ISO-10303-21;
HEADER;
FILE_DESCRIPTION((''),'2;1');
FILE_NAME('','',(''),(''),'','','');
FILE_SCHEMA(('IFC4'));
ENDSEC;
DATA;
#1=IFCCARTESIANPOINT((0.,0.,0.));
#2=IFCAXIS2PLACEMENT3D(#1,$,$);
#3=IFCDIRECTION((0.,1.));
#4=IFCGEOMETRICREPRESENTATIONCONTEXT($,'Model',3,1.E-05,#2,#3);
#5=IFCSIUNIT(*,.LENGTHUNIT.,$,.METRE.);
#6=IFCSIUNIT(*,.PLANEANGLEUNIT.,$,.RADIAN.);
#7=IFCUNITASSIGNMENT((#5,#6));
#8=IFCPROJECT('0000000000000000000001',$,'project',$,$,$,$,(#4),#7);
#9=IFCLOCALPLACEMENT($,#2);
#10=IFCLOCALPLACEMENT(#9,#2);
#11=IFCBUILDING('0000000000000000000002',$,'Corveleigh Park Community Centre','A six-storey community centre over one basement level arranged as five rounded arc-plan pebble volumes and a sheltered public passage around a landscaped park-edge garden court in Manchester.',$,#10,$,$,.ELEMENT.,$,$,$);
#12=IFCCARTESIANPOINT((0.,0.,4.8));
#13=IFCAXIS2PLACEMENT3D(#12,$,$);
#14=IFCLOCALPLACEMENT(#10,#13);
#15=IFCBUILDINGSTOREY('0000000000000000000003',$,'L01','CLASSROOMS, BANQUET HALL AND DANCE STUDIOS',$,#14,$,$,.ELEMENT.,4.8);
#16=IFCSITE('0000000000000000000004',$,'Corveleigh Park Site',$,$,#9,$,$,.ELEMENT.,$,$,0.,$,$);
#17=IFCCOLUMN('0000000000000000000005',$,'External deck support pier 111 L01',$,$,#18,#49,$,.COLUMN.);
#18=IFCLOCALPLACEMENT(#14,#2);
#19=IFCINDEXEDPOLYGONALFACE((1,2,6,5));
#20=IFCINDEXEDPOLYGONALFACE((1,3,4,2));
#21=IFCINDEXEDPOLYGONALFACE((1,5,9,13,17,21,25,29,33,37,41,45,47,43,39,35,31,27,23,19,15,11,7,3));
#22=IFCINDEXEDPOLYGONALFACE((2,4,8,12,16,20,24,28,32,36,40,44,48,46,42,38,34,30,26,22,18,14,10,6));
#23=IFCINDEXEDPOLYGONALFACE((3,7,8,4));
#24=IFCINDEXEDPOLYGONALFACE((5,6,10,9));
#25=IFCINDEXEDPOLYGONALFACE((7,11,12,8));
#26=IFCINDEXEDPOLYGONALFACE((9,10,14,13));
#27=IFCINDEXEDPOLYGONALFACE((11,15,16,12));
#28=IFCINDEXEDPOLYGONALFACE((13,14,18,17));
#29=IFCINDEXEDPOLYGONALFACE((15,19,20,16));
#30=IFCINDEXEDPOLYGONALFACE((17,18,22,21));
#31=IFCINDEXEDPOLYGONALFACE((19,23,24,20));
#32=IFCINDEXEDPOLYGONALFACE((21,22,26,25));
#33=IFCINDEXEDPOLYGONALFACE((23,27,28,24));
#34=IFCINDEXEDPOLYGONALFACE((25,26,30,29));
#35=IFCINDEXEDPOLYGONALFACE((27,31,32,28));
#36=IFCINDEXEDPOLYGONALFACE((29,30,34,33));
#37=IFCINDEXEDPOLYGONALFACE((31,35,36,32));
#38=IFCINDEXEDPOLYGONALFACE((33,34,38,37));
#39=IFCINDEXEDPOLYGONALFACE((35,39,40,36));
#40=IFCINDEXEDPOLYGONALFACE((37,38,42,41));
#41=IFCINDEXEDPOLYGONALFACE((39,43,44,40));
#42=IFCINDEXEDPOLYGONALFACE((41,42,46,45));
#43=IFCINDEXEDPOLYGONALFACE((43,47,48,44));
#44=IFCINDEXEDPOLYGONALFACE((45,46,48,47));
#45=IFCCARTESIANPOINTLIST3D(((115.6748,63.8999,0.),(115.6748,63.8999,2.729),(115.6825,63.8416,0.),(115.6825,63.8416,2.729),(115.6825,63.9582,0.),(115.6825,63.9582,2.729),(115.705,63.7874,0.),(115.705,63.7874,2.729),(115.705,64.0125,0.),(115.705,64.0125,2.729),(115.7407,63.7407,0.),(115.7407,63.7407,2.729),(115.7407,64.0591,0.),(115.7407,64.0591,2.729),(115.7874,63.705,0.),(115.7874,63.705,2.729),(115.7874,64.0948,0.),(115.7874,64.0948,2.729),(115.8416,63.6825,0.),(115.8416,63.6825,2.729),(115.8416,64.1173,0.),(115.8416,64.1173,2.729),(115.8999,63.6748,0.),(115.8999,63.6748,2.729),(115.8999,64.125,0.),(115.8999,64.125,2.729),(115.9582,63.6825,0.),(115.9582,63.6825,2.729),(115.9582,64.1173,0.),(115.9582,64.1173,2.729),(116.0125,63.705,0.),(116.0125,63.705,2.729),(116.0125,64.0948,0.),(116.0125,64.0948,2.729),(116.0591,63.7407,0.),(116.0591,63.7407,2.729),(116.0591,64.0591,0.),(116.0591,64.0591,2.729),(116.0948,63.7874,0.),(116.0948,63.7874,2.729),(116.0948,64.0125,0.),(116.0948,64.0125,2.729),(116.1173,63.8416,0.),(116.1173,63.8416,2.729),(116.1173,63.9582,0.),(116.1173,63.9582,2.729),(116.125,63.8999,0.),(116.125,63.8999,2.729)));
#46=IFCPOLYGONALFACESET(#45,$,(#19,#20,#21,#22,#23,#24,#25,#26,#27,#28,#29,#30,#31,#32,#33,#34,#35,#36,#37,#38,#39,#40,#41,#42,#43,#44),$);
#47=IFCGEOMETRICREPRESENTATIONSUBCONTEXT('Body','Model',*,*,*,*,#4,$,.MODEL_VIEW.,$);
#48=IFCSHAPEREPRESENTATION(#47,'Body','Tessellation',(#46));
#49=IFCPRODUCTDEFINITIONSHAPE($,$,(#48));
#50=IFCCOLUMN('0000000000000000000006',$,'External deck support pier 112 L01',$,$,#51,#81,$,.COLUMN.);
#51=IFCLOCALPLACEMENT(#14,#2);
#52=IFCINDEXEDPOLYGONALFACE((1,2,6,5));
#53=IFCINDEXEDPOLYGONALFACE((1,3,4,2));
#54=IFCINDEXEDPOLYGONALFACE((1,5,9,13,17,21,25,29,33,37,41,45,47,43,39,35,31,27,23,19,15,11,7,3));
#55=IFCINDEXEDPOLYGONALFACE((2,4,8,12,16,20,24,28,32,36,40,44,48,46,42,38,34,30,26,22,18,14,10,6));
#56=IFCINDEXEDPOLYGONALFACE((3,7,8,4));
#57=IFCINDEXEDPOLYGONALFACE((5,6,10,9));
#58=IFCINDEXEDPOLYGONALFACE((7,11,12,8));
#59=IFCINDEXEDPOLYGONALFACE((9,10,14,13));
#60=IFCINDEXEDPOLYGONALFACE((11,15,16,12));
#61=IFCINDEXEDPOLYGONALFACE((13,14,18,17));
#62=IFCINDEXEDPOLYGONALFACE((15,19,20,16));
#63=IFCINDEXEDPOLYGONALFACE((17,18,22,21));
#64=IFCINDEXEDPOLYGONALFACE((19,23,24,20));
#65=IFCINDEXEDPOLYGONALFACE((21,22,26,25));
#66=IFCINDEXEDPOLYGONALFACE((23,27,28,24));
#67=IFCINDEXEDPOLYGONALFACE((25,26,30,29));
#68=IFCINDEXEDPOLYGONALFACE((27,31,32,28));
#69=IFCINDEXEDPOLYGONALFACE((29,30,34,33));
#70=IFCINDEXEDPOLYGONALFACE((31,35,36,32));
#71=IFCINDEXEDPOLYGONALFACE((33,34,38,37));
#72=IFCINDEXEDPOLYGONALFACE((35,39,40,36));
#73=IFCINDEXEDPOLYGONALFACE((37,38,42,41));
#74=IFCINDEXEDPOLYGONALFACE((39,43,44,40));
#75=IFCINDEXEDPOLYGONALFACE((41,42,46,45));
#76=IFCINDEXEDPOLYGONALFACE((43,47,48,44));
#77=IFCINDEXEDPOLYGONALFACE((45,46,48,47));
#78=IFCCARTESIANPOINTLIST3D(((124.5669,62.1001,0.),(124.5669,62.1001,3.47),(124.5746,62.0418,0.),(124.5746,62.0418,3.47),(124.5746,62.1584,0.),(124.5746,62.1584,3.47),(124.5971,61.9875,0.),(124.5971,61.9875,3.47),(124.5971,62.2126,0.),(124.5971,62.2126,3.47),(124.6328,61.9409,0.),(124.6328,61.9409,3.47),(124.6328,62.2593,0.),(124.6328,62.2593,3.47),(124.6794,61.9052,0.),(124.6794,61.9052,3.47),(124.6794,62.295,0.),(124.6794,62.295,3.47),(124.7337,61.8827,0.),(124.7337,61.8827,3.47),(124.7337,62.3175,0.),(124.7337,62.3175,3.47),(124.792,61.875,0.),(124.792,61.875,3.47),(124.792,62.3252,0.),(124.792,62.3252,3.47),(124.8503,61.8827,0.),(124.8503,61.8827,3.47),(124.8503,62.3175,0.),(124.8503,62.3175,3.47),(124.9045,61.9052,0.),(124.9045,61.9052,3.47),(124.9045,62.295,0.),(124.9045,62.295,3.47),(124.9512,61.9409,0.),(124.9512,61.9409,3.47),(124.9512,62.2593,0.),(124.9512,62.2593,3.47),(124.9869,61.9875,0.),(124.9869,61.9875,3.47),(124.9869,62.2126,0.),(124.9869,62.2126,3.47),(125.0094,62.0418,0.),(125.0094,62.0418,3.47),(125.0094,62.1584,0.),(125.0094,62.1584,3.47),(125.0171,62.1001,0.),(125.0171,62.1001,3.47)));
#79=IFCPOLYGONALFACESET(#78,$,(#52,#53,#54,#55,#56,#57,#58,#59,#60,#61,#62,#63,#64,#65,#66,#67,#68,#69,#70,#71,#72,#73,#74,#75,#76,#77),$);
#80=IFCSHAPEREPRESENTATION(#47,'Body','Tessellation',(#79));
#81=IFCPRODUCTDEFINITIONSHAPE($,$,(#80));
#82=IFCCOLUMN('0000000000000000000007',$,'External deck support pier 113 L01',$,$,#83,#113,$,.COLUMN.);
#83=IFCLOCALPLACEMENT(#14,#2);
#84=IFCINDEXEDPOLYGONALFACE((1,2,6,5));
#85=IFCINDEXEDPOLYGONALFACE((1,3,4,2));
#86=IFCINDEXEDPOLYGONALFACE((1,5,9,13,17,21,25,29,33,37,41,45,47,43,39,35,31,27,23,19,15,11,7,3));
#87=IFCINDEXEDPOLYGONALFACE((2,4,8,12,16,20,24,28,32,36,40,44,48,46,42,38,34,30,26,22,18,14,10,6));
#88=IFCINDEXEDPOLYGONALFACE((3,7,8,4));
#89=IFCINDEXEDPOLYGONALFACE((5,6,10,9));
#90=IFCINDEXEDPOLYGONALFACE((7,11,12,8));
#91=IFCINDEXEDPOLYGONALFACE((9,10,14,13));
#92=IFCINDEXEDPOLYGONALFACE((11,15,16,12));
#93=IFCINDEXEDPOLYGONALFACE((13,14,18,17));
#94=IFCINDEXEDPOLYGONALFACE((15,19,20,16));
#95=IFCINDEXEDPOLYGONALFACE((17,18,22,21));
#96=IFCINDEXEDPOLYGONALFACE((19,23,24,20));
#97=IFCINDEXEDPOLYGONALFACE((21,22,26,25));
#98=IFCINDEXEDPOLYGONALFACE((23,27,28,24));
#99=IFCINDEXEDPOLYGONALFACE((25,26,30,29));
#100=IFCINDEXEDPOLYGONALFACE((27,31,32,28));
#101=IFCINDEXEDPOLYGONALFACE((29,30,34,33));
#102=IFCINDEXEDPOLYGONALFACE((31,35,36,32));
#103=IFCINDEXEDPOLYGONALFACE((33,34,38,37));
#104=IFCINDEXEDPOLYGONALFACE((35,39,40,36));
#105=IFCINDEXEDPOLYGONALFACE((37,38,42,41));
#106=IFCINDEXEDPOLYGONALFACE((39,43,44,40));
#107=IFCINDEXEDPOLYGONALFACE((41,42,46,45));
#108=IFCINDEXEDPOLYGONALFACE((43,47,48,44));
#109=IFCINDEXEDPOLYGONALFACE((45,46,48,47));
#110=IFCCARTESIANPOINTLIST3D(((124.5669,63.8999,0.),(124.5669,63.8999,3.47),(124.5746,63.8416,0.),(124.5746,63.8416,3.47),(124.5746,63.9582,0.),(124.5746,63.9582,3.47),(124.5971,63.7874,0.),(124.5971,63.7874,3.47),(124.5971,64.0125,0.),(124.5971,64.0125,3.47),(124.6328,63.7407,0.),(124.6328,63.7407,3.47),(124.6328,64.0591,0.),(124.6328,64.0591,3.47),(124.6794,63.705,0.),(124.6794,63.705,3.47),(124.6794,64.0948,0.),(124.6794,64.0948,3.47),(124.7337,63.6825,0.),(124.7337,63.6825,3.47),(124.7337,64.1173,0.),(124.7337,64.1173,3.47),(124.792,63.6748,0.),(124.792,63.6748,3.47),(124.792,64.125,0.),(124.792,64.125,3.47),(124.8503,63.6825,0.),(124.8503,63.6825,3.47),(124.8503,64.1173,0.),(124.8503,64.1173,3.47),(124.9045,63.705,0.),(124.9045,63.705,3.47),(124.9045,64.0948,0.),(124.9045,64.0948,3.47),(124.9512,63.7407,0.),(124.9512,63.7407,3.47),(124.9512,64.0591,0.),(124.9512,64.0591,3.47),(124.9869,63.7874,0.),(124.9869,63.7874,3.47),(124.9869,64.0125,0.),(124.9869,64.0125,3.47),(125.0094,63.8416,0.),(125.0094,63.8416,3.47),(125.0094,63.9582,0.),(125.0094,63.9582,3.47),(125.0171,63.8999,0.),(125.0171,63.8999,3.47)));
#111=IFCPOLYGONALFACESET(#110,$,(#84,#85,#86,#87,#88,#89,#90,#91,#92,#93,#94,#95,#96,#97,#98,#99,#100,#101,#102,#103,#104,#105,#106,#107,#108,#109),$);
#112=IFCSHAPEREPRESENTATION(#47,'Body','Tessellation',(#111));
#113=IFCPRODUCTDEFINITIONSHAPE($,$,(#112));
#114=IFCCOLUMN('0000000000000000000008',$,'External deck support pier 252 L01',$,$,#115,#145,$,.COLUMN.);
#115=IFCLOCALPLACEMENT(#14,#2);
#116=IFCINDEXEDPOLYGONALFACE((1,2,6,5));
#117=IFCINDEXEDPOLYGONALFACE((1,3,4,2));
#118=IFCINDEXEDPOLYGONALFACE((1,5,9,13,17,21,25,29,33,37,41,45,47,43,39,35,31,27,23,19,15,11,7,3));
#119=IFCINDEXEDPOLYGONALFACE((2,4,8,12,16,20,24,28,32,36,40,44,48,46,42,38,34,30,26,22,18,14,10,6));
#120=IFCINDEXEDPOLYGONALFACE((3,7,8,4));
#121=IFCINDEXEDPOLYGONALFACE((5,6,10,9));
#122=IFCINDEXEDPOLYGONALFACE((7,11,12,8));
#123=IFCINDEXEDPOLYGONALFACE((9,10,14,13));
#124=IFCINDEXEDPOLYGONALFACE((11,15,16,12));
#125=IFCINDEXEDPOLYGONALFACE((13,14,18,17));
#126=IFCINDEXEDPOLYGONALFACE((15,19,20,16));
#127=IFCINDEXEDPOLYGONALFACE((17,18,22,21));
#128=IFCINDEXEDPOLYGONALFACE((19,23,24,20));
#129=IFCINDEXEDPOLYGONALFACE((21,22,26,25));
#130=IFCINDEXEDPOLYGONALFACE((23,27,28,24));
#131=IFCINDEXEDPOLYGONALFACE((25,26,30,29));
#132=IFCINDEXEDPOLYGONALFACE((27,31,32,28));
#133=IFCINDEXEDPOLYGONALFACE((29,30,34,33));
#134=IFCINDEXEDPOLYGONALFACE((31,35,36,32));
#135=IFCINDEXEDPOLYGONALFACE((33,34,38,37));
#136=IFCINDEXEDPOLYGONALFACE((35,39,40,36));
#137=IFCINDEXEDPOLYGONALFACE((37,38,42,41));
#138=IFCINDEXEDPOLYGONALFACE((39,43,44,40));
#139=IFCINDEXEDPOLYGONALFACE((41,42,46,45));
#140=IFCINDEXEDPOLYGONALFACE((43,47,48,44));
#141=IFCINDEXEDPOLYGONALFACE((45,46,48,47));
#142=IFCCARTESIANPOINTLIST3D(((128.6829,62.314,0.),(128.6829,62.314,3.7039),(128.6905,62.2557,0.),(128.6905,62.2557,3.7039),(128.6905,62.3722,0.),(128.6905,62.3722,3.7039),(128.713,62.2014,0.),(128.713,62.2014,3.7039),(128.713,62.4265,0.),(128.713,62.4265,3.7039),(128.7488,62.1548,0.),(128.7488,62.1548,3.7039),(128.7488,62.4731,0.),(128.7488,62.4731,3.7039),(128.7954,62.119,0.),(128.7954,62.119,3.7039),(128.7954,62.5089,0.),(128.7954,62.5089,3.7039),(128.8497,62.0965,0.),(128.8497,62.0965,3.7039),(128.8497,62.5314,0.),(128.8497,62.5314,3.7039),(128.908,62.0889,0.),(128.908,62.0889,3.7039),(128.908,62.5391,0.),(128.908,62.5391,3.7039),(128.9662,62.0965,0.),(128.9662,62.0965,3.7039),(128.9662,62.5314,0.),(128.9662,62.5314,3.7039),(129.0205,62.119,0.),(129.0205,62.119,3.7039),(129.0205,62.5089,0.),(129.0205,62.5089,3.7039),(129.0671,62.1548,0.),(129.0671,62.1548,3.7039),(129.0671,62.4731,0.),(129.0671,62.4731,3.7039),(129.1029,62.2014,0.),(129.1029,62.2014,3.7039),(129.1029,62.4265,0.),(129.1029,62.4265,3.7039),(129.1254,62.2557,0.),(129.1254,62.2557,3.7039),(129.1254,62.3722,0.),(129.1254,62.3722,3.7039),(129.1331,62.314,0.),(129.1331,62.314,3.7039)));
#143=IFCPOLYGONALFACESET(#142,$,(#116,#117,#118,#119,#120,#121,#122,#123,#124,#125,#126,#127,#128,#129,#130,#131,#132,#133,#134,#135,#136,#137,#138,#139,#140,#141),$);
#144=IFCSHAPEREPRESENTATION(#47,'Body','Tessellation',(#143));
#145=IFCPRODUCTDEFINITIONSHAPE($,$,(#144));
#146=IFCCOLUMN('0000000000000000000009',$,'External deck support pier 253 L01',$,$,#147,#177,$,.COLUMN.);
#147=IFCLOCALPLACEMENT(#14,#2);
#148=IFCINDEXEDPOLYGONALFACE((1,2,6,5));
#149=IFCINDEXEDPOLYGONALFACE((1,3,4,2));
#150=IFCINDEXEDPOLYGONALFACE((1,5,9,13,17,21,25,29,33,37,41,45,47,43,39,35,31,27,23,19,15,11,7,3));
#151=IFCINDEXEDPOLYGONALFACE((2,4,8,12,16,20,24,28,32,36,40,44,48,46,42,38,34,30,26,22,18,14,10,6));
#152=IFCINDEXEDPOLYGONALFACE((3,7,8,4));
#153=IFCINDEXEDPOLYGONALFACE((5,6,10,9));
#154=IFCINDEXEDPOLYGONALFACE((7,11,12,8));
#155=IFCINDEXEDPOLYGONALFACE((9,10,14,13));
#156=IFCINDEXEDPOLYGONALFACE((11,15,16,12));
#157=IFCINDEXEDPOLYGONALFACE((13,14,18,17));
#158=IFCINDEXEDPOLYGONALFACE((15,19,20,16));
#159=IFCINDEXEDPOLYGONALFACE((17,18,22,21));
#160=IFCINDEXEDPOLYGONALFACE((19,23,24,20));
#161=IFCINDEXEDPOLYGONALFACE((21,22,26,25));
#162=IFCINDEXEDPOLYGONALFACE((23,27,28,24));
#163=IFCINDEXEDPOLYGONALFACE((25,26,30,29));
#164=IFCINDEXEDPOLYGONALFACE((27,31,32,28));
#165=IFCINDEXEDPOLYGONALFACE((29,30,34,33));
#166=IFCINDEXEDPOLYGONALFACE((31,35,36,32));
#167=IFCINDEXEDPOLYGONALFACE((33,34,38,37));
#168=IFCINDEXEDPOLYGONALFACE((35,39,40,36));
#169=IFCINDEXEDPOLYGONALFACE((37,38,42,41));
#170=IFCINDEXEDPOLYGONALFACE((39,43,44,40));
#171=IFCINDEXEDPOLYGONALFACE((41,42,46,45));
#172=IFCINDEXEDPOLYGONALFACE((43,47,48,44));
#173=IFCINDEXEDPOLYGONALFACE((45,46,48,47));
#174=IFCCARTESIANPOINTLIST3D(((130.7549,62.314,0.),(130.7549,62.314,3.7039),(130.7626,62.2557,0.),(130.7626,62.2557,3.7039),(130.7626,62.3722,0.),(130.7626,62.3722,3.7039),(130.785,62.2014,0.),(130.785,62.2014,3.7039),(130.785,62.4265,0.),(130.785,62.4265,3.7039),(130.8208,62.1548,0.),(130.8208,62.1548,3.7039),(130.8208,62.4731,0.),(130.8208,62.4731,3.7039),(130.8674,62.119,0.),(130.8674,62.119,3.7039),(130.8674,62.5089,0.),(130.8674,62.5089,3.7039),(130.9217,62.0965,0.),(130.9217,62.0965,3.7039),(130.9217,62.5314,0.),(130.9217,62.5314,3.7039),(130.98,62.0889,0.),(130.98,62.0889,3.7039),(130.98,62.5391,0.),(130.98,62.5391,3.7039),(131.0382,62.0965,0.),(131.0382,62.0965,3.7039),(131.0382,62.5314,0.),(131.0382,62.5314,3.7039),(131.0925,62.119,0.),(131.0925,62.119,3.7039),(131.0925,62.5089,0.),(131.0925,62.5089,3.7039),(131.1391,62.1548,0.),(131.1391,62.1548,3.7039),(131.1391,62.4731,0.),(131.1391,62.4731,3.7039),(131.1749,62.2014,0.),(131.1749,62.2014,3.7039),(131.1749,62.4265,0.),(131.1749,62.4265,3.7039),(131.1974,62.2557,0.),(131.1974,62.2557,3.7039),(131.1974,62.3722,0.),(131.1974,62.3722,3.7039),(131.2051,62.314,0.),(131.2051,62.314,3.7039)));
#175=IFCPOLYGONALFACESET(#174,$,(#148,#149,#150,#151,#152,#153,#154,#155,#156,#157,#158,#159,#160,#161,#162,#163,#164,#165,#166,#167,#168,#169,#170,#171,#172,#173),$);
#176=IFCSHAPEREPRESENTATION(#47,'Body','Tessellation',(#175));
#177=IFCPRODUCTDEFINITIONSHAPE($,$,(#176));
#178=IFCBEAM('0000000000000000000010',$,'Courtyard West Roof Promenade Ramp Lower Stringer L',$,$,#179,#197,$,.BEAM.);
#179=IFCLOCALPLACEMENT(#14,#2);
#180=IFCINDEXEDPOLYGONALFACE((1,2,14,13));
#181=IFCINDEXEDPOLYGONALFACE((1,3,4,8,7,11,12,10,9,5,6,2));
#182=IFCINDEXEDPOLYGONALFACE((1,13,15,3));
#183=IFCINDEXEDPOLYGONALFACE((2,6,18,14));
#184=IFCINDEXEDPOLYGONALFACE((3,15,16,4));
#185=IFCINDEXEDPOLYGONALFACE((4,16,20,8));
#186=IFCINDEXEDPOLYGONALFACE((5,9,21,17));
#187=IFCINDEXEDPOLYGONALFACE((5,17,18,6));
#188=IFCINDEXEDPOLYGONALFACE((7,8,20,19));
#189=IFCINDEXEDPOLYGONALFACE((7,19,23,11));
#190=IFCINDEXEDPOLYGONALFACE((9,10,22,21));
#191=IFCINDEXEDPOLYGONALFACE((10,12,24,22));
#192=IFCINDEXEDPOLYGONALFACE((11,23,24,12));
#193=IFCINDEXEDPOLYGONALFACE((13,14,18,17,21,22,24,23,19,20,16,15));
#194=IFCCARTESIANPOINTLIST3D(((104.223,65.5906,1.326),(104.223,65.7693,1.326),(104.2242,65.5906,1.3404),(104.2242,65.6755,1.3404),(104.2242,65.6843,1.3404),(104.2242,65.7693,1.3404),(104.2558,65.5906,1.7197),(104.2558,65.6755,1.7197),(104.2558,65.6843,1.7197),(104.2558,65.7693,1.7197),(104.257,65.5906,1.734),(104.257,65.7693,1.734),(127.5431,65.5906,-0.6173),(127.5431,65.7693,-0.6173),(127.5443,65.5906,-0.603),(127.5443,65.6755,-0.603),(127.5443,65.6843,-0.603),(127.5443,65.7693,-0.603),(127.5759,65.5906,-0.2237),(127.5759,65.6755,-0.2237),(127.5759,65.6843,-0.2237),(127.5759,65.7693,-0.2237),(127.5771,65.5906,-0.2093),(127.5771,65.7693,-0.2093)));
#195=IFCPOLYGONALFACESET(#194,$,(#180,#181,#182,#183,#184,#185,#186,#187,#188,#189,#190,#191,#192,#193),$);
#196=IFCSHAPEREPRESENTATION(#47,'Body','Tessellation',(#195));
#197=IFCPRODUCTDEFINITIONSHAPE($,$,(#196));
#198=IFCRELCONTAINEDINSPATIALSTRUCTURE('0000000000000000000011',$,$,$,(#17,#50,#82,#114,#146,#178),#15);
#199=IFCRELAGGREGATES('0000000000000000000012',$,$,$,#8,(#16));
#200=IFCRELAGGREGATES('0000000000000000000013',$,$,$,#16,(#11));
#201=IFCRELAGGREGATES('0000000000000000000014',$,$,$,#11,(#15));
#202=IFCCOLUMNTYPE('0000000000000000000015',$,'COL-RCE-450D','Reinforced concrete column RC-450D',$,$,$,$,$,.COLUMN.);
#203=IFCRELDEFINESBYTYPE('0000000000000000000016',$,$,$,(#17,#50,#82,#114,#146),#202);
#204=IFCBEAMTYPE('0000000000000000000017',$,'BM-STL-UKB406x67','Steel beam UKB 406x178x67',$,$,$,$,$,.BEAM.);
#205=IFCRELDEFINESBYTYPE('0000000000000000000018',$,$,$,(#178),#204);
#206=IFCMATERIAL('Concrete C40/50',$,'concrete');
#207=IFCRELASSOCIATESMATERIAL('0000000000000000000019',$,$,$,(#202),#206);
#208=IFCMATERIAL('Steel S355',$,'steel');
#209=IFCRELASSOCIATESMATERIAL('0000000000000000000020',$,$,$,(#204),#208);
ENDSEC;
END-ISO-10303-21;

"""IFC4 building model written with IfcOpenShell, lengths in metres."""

from ifc_helpers import new_model, si_unit, direction, frame, origin, origin_2d, place, context, subcontext, project, spatial, circle, i_section, extrude, material, material_profile, profile_set, type_object, element, save


model = new_model("IFC4")

# Units and contexts
model_context = context("Model", 3, precision=1e-05, world=origin(), true_north=direction((0.0, 1.0)))
body_context = subcontext(model_context, "Body", "Model", "MODEL_VIEW")
ifc_project = project(units=[si_unit("LENGTHUNIT", "METRE"), si_unit("PLANEANGLEUNIT", "RADIAN")], contexts=[model_context])

# Site, building, storey
site_placement = place(None, origin())
site = spatial("IfcSite", under=ifc_project, at=site_placement, Name="Corveleigh Park Site", CompositionType="ELEMENT", RefElevation=0.0)
building_placement = place(site_placement, origin())
building = spatial("IfcBuilding", under=site, at=building_placement, Name="Corveleigh Park Community Centre", Description="A six-storey community centre over one basement level arranged as five rounded arc-plan pebble volumes and a sheltered public passage around a landscaped park-edge garden court in Manchester.", CompositionType="ELEMENT")
storey_placement = place(building_placement, frame((0.0, 0.0, 4.8)))
storey = spatial("IfcBuildingStorey", under=building, at=storey_placement, Name="L01", Description="CLASSROOMS, BANQUET HALL AND DANCE STUDIOS", CompositionType="ELEMENT", Elevation=4.8)

# Columns
ifc_material_1 = material(Name="Concrete C40/50", Category="concrete")
ifc_material_profile_1 = material_profile(ifc_material_1, circle(Radius=0.2251, at=origin_2d()), Name="RC-450D", Category="concrete")
ifc_profile_set_1 = profile_set([ifc_material_profile_1], Name="Concrete C40/50")
column_type = type_object("IfcColumnType", Name="COL-RCE-450D", Description="Reinforced concrete column RC-450D", PredefinedType="COLUMN", material=ifc_profile_set_1)
for number, where, z_axis, x_axis, name in (
    (1, (115.8999, 63.8999, 0.0), (0.0, 0.0, 1.0), (1.0, 0.0, 0.0), "External deck support pier 111 L01"),
):
    element("IfcColumn", number, at=place(storey_placement, frame(where, z_axis=z_axis, x_axis=x_axis)), inside=storey, type_object=column_type, Name=name, PredefinedType="COLUMN", context=body_context, shape_type="SweptSolid", body=[
        extrude(circle(Radius=0.2251, at=origin_2d()), origin(), (0.0, 0.0, 1.0), 2.729),
    ])
for number, where, z_axis, x_axis, name in (
    (2, (124.792, 62.1001, 0.0), (0.0, 0.0, 1.0), (1.0, 0.0, 0.0), "External deck support pier 112 L01"),
    (3, (124.792, 63.8999, 0.0), (0.0, 0.0, 1.0), (1.0, 0.0, 0.0), "External deck support pier 113 L01"),
):
    element("IfcColumn", number, at=place(storey_placement, frame(where, z_axis=z_axis, x_axis=x_axis)), inside=storey, type_object=column_type, Name=name, PredefinedType="COLUMN", context=body_context, shape_type="SweptSolid", body=[
        extrude(circle(Radius=0.2251, at=origin_2d()), origin(), (0.0, 0.0, 1.0), 3.47),
    ])
for number, where, z_axis, x_axis, name in (
    (4, (128.908, 62.314, 0.0), (0.0, 0.0, 1.0), (1.0, 0.0, 0.0), "External deck support pier 252 L01"),
    (5, (130.98, 62.314, 0.0), (0.0, 0.0, 1.0), (1.0, 0.0, 0.0), "External deck support pier 253 L01"),
):
    element("IfcColumn", number, at=place(storey_placement, frame(where, z_axis=z_axis, x_axis=x_axis)), inside=storey, type_object=column_type, Name=name, PredefinedType="COLUMN", context=body_context, shape_type="SweptSolid", body=[
        extrude(circle(Radius=0.2251, at=origin_2d()), origin(), (0.0, 0.0, 1.0), 3.7039),
    ])

# Beam
ifc_material_2 = material(Name="Steel S355", Category="steel")
ifc_material_profile_2 = material_profile(ifc_material_2, i_section(OverallWidth=0.1787, OverallDepth=0.4094, WebThickness=0.0088, FlangeThickness=0.0144, at=origin_2d()), Name="UKB 406x178x67", Category="steel")
ifc_profile_set_2 = profile_set([ifc_material_profile_2], Name="Steel S355")
beam_type = type_object("IfcBeamType", Name="BM-STL-UKB406x67", Description="Steel beam UKB 406x178x67", PredefinedType="BEAM", material=ifc_profile_set_2)
for number, where, z_axis, x_axis, name in (
    (6, (127.5601, 65.6799, -0.4133), (-0.996546, 0.0, 0.083046), (0.0, -1.0, 0.0), "Courtyard West Roof Promenade Ramp Lower Stringer L"),
):
    element("IfcBeam", number, at=place(storey_placement, frame(where, z_axis=z_axis, x_axis=x_axis)), inside=storey, type_object=beam_type, Name=name, PredefinedType="BEAM", context=body_context, shape_type="SweptSolid", body=[
        extrude(i_section(OverallWidth=0.1787, OverallDepth=0.4094, WebThickness=0.0088, FlangeThickness=0.0144, at=origin_2d()), origin(), (0.0, 0.0, 1.0), 23.4009),
    ])

save(model, "model.ifc")
